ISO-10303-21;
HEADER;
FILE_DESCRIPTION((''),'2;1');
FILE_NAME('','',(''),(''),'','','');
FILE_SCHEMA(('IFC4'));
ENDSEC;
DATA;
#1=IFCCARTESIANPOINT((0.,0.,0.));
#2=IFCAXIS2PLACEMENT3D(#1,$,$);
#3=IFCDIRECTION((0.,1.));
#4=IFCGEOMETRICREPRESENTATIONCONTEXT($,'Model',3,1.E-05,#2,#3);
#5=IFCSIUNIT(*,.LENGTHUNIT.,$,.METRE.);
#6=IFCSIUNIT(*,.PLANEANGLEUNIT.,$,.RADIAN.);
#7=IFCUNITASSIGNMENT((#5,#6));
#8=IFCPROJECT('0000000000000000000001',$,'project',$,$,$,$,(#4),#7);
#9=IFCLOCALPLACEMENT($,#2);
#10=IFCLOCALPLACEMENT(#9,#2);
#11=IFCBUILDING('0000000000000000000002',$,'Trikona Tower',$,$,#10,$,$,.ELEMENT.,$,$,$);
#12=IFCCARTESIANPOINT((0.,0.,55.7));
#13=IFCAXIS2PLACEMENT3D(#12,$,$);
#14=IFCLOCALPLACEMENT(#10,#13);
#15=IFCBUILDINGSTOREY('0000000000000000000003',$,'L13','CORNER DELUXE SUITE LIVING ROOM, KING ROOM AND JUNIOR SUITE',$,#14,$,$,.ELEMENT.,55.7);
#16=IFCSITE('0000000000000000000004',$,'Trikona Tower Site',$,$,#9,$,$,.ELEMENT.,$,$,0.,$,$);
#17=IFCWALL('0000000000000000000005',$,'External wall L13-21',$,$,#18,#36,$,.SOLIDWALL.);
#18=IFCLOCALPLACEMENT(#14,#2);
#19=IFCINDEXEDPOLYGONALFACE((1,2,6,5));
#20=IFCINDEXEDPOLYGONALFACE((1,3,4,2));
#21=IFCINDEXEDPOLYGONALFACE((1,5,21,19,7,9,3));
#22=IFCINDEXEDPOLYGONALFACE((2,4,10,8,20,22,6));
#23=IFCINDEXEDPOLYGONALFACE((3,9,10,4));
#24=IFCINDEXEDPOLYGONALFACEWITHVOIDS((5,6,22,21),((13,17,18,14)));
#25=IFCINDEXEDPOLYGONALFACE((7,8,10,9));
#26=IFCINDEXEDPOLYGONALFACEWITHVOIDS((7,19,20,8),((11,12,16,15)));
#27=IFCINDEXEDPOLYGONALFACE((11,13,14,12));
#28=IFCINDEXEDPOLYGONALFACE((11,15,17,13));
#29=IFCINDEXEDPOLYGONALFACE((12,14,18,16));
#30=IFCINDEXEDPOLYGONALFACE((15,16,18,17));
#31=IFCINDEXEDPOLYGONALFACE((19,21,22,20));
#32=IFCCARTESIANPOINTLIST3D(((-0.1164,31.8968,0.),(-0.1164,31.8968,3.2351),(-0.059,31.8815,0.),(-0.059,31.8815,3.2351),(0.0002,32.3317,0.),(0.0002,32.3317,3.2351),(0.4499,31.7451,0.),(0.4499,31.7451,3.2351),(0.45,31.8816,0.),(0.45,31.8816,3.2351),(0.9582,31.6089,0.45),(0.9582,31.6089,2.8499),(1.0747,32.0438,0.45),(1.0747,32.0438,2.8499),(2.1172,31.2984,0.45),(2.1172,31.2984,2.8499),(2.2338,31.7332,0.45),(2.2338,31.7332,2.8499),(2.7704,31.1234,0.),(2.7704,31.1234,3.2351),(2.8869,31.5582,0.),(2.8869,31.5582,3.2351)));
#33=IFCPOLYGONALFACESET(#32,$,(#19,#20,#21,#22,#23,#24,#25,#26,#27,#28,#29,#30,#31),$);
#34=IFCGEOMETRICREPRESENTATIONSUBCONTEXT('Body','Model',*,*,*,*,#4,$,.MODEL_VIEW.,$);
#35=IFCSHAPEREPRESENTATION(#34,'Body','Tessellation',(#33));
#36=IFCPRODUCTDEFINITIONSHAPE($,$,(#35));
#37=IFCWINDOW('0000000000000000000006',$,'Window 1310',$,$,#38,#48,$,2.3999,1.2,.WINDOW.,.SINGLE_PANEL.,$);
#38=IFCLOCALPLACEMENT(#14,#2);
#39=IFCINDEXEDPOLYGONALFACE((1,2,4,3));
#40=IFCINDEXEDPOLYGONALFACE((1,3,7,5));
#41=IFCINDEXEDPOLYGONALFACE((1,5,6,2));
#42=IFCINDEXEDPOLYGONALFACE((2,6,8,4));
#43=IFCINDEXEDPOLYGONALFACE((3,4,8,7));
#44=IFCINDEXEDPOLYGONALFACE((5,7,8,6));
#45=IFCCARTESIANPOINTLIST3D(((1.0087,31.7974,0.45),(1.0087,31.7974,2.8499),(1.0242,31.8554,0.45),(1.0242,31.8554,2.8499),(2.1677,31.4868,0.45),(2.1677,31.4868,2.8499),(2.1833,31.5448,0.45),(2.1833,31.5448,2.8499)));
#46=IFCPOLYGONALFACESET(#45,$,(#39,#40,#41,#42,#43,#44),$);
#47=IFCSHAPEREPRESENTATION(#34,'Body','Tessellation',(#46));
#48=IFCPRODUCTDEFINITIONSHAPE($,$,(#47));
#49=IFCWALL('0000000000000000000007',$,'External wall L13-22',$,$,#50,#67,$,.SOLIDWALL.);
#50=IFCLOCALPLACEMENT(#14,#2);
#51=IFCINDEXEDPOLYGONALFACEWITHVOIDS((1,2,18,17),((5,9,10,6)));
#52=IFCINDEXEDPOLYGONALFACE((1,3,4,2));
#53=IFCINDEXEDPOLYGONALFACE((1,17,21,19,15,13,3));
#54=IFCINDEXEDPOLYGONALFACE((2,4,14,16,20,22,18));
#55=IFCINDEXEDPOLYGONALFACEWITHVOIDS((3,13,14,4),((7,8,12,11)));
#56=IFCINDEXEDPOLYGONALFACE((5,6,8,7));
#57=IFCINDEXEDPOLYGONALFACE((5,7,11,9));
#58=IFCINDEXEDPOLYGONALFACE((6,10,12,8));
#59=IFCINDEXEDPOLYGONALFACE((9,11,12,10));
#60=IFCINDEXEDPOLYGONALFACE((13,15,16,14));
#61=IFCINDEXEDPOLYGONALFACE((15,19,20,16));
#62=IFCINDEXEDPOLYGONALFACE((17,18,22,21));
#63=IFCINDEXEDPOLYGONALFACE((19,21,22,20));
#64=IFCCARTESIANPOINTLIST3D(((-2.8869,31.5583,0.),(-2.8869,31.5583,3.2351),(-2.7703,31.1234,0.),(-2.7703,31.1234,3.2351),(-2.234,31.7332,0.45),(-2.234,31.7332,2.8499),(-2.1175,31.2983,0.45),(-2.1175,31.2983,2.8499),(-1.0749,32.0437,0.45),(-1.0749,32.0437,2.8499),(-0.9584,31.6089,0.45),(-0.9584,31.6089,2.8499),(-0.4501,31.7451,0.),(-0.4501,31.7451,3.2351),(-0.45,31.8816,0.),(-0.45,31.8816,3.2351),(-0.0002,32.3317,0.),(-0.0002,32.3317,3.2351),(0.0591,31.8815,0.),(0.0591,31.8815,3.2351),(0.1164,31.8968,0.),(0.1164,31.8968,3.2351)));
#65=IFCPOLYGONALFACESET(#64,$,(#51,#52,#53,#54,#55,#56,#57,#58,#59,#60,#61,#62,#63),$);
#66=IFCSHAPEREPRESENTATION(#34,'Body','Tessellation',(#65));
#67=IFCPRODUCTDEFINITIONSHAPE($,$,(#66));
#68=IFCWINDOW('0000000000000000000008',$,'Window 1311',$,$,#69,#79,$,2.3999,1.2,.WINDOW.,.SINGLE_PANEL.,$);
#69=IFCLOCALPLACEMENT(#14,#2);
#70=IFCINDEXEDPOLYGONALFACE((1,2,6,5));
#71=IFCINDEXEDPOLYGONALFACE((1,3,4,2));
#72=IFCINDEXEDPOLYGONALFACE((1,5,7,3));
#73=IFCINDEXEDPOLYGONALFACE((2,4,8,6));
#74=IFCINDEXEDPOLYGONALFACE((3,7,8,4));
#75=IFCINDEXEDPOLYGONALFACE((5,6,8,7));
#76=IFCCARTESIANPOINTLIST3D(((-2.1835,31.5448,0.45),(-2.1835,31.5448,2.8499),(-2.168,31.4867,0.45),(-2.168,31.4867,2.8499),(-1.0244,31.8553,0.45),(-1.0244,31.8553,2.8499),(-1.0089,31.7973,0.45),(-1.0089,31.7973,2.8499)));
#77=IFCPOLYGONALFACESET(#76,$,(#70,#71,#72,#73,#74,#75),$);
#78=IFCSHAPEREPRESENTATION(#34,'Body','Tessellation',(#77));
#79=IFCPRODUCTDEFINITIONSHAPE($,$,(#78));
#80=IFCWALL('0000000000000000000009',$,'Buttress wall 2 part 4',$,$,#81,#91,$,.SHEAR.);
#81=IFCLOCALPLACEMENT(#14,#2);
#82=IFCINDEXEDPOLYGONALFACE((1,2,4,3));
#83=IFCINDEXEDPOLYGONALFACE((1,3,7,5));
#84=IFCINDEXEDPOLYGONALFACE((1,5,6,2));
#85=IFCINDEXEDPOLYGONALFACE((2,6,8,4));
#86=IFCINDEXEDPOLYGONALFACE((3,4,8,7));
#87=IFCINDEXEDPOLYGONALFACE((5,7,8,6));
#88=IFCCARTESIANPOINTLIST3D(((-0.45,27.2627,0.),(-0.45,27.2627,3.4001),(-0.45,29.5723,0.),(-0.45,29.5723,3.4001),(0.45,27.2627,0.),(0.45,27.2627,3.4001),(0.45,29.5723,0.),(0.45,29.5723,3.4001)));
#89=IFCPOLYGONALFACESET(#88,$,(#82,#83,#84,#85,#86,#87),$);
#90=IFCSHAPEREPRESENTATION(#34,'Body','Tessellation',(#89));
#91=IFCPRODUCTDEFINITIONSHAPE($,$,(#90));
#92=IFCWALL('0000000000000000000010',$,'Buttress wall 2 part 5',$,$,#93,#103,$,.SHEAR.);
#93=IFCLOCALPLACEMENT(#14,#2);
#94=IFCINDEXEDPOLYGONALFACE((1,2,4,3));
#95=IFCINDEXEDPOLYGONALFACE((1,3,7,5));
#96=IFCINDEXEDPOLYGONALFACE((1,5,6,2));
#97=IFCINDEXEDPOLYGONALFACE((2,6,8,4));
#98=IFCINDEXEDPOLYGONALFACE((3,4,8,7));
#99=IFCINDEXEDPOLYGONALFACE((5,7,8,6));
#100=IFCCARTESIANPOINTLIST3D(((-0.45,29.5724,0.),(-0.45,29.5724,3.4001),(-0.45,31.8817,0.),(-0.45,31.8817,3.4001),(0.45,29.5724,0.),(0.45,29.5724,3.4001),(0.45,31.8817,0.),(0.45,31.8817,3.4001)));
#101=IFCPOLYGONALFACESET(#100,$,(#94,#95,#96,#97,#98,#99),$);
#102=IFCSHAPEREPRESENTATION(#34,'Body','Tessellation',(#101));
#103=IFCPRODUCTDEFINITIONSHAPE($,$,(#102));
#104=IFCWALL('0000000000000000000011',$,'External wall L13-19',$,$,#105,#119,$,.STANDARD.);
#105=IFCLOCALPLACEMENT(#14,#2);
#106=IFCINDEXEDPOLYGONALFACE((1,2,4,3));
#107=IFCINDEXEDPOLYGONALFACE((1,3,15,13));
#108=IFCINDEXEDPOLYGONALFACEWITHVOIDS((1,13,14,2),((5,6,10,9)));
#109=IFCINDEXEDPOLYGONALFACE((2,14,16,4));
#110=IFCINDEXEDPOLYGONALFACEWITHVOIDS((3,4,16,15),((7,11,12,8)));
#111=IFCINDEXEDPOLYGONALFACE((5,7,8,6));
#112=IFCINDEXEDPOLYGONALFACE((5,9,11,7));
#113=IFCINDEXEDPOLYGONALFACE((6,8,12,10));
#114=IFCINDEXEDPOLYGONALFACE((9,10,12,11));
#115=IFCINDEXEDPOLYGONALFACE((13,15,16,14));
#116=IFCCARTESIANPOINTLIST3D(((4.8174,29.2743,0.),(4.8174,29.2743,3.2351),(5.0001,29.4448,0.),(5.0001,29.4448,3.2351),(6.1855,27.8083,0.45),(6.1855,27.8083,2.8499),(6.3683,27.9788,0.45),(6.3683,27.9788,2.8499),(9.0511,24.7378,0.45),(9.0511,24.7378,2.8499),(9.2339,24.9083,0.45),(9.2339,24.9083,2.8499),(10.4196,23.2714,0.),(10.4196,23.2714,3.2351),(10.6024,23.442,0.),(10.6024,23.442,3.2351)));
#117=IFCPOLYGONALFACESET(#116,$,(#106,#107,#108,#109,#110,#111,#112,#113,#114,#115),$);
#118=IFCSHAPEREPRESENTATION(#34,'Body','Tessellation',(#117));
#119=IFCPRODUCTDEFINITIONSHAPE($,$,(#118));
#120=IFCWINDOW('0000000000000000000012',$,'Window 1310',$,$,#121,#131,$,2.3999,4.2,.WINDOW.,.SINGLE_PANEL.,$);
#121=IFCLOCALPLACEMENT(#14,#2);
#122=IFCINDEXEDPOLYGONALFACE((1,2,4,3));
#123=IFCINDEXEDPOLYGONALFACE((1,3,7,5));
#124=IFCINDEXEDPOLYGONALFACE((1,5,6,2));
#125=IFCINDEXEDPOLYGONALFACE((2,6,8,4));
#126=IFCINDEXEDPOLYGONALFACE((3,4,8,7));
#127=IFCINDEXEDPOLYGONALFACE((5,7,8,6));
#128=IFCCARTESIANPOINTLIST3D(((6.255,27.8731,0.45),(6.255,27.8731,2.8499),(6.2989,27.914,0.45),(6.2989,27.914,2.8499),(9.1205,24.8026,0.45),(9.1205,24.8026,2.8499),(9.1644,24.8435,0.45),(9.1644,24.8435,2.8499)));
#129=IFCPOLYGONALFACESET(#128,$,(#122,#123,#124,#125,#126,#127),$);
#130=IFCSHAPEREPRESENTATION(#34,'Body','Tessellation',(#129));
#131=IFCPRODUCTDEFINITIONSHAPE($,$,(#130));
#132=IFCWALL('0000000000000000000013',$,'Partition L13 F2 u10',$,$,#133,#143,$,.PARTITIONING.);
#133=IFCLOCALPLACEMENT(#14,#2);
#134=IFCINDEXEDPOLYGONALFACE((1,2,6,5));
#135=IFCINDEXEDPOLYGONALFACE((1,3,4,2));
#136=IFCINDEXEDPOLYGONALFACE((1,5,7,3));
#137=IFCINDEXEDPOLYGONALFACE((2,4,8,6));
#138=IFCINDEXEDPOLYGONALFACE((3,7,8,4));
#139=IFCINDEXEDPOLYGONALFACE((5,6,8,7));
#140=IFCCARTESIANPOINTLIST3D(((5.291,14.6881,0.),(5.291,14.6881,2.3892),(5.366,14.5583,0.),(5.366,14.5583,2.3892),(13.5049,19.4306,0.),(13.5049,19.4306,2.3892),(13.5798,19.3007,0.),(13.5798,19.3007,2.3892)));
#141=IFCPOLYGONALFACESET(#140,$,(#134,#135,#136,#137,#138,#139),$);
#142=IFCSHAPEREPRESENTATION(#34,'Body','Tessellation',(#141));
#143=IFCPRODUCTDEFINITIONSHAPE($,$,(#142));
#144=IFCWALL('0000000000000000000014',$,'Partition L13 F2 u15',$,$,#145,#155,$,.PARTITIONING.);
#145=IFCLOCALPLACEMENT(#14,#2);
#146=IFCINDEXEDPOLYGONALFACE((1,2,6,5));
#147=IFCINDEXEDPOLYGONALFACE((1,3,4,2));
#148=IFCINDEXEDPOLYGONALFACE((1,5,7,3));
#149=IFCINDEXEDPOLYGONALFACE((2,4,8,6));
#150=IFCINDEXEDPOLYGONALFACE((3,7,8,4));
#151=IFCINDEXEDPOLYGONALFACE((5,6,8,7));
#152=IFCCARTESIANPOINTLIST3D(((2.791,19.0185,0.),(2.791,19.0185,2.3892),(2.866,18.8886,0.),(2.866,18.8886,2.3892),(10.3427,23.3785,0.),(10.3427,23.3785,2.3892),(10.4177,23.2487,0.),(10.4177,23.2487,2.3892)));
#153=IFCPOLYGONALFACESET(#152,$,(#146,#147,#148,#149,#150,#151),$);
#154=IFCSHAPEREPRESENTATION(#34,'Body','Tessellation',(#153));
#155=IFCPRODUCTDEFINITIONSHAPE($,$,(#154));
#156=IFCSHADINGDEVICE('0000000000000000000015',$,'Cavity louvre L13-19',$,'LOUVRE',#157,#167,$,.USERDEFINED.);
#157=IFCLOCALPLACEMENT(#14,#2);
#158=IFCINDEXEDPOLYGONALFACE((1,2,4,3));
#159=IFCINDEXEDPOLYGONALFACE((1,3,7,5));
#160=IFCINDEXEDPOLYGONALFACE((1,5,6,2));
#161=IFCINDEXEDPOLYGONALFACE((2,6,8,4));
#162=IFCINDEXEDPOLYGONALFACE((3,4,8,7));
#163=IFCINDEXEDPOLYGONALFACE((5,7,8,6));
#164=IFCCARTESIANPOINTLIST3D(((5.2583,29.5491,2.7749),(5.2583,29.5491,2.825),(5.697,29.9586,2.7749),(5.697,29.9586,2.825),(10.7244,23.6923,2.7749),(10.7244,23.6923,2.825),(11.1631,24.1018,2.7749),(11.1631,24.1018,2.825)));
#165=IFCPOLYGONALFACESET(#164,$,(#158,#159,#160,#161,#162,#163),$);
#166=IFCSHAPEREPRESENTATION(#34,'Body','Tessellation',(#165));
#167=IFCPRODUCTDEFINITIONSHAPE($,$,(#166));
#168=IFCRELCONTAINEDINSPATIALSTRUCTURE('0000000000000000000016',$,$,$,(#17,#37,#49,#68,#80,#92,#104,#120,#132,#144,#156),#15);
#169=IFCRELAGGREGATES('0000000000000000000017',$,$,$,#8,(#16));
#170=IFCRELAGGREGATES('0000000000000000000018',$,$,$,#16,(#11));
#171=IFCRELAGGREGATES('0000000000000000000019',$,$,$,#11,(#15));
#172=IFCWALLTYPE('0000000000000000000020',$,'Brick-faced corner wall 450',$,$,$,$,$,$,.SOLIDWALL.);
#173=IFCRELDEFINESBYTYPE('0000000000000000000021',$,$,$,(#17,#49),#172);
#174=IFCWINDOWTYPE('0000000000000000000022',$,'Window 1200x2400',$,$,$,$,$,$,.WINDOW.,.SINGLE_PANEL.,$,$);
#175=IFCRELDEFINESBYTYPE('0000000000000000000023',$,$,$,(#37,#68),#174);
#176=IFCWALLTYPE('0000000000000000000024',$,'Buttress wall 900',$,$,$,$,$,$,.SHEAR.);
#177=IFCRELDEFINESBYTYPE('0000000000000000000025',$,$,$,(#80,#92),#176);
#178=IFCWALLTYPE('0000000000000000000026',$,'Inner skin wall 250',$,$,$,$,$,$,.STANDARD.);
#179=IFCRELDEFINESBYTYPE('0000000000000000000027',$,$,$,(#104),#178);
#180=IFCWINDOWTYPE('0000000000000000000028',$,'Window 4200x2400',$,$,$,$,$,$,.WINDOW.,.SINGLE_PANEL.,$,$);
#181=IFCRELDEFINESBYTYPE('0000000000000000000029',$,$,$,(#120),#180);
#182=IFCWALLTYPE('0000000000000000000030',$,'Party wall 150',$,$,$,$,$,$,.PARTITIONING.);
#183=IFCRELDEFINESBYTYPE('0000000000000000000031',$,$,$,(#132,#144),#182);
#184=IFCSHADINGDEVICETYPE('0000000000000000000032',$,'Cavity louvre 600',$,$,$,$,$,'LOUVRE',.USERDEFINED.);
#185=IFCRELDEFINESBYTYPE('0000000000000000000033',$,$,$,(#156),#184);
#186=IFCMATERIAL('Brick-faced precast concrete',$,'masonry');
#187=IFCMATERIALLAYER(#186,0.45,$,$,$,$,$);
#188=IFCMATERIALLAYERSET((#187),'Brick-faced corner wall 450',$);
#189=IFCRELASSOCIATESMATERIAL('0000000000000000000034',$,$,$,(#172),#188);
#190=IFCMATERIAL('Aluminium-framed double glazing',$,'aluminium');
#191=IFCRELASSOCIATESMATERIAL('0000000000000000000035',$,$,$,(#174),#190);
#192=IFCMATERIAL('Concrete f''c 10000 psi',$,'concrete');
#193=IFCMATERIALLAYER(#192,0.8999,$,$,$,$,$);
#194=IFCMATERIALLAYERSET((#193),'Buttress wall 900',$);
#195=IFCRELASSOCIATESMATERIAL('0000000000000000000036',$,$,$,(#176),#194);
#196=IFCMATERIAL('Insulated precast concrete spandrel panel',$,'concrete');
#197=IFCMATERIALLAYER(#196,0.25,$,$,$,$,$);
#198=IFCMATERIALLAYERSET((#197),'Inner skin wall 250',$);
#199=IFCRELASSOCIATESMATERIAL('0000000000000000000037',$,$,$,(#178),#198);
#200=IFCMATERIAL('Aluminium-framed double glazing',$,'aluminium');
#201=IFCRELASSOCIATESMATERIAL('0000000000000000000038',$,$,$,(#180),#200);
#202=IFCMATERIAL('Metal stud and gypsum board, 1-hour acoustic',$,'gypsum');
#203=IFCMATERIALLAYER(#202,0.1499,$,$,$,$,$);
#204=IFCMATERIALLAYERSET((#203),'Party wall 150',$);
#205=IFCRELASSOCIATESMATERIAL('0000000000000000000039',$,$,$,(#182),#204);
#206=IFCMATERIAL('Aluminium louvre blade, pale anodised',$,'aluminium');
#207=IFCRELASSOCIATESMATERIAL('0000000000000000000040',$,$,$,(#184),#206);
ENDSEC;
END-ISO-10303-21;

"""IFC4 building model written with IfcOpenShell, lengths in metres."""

from ifc_helpers import new_model, si_unit, direction, frame, frame_2d, origin, origin_2d, place, context, subcontext, project, spatial, polyline, rectangle, outline, extrude, material, layer, layer_set, type_object, element, fill, save


model = new_model("IFC4")

# Units and contexts
model_context = context("Model", 3, precision=1e-05, world=origin(), true_north=direction((0.0, 1.0)))
body_context = subcontext(model_context, "Body", "Model", "MODEL_VIEW")
ifc_project = project(units=[si_unit("LENGTHUNIT", "METRE"), si_unit("PLANEANGLEUNIT", "RADIAN")], contexts=[model_context])

# Site, building, storey
site_placement = place(None, origin())
site = spatial("IfcSite", under=ifc_project, at=site_placement, Name="Trikona Tower Site", CompositionType="ELEMENT", RefElevation=0.0)
building_placement = place(site_placement, origin())
building = spatial("IfcBuilding", under=site, at=building_placement, Name="Trikona Tower", CompositionType="ELEMENT")
storey_placement = place(building_placement, frame((0.0, 0.0, 55.7)))
storey = spatial("IfcBuildingStorey", under=building, at=storey_placement, Name="L13", Description="CORNER DELUXE SUITE LIVING ROOM, KING ROOM AND JUNIOR SUITE", CompositionType="ELEMENT", Elevation=55.7)

# Walls, openings, windows
ifc_material_1 = material(Name="Brick-faced precast concrete", Category="masonry")
ifc_layer_1 = layer(ifc_material_1, 0.45)
ifc_layer_set_1 = layer_set([ifc_layer_1], Name="Brick-faced corner wall 450")
wall_type_1 = type_object("IfcWallType", Name="Brick-faced corner wall 450", PredefinedType="SOLIDWALL", material=ifc_layer_set_1)
wall_1_placement = place(storey_placement, frame((2.8286, 31.3408, 0.0), z_axis=(0.0, 0.0, 1.0), x_axis=(-0.965931, 0.258801, 0.0)))
wall_1 = element("IfcWall", 1, at=wall_1_placement, inside=storey, type_object=wall_type_1, Name="External wall L13-21", PredefinedType="SOLIDWALL", context=body_context, shape_type="SweptSolid", body=[
    extrude(outline(polyline([(2.9885, 0.2251), (2.9292, 0.2251), (2.4375, 0.0933), (2.4023, 0.2251), (0.0, 0.2251), (0.0, -0.2251), (2.9885, -0.2251), (2.9885, 0.2251)])), origin(), (0.0, 0.0, 1.0), 3.2351),
])
opening_1_placement = place(wall_1_placement, frame((0.676, 0.0, 0.45)))
opening_1 = element("IfcOpeningElement", 2, at=opening_1_placement, cuts=wall_1, PredefinedType="OPENING", context=body_context, shape_type="SweptSolid", body=[
    extrude(rectangle(XDim=1.2, YDim=2.3999, at=frame_2d((0.6001, 1.2))), frame((0.0, 0.2349, 0.0), z_axis=(0.0, -1.0, 0.0), x_axis=(1.0, 0.0, 0.0)), (0.0, 0.0, 1.0), 0.47),
])
ifc_material_2 = material(Name="Aluminium-framed double glazing", Category="aluminium")
window_type_1 = type_object("IfcWindowType", Name="Window 1200x2400", PartitioningType="SINGLE_PANEL", PredefinedType="WINDOW", material=ifc_material_2)
window_1_placement = place(opening_1_placement, origin())
window_1 = element("IfcWindow", 3, at=window_1_placement, inside=storey, type_object=window_type_1, Name="Window 1310", OverallHeight=2.3999, OverallWidth=1.2, PartitioningType="SINGLE_PANEL", PredefinedType="WINDOW", context=body_context, shape_type="SweptSolid", body=[
    extrude(rectangle(XDim=1.2, YDim=2.3999, at=frame_2d((0.6001, 1.2))), frame((0.0, 0.03, 0.0), z_axis=(0.0, -1.0, 0.0), x_axis=(1.0, 0.0, 0.0)), (0.0, 0.0, 1.0), 0.0601),
])
fill(opening_1, window_1)
wall_2_placement = place(storey_placement, frame((0.0581, 32.1143, 0.0), z_axis=(0.0, 0.0, 1.0), x_axis=(-0.965931, -0.258801, 0.0)))
wall_2 = element("IfcWall", 4, at=wall_2_placement, inside=storey, type_object=wall_type_1, Name="External wall L13-22", PredefinedType="SOLIDWALL", context=body_context, shape_type="SweptSolid", body=[
    extrude(outline(polyline([(2.9885, 0.2251), (0.5864, 0.2251), (0.551, 0.0933), (0.0593, 0.2251), (0.0, 0.2251), (0.0, -0.2251), (2.9885, -0.2251), (2.9885, 0.2251)])), origin(), (0.0, 0.0, 1.0), 3.2351),
])
opening_2_placement = place(wall_2_placement, frame((1.1125, 0.0, 0.45)))
opening_2 = element("IfcOpeningElement", 5, at=opening_2_placement, cuts=wall_2, PredefinedType="OPENING", context=body_context, shape_type="SweptSolid", body=[
    extrude(rectangle(XDim=1.2, YDim=2.3999, at=frame_2d((0.6001, 1.2))), frame((0.0, 0.2349, 0.0), z_axis=(0.0, -1.0, 0.0), x_axis=(1.0, 0.0, 0.0)), (0.0, 0.0, 1.0), 0.47),
])
window_2_placement = place(opening_2_placement, origin())
window_2 = element("IfcWindow", 6, at=window_2_placement, inside=storey, type_object=window_type_1, Name="Window 1311", OverallHeight=2.3999, OverallWidth=1.2, PartitioningType="SINGLE_PANEL", PredefinedType="WINDOW", context=body_context, shape_type="SweptSolid", body=[
    extrude(rectangle(XDim=1.2, YDim=2.3999, at=frame_2d((0.6001, 1.2))), frame((0.0, 0.03, 0.0), z_axis=(0.0, -1.0, 0.0), x_axis=(1.0, 0.0, 0.0)), (0.0, 0.0, 1.0), 0.0601),
])
fill(opening_2, window_2)

# Walls
ifc_material_3 = material(Name="Concrete f'c 10000 psi", Category="concrete")
ifc_layer_2 = layer(ifc_material_3, 0.8999)
ifc_layer_set_2 = layer_set([ifc_layer_2], Name="Buttress wall 900")
wall_type_2 = type_object("IfcWallType", Name="Buttress wall 900", PredefinedType="SHEAR", material=ifc_layer_set_2)
wall_3_placement = place(storey_placement, frame((0.0, 27.2627, 0.0), z_axis=(0.0, 0.0, 1.0), x_axis=(0.0, 1.0, 0.0)))
element("IfcWall", 7, at=wall_3_placement, inside=storey, type_object=wall_type_2, Name="Buttress wall 2 part 4", PredefinedType="SHEAR", context=body_context, shape_type="SweptSolid", body=[
    extrude(rectangle(XDim=2.3096, YDim=0.8999, at=frame_2d((1.1548, 0.0))), origin(), (0.0, 0.0, 1.0), 3.4001),
])
wall_4_placement = place(storey_placement, frame((0.0, 29.5723, 0.0), z_axis=(0.0, 0.0, 1.0), x_axis=(0.0, 1.0, 0.0)))
element("IfcWall", 8, at=wall_4_placement, inside=storey, type_object=wall_type_2, Name="Buttress wall 2 part 5", PredefinedType="SHEAR", context=body_context, shape_type="SweptSolid", body=[
    extrude(rectangle(XDim=2.3093, YDim=0.8999, at=frame_2d((1.1548, 0.0))), origin(), (0.0, 0.0, 1.0), 3.4001),
])

# Wall, opening, window
ifc_material_4 = material(Name="Insulated precast concrete spandrel panel", Category="concrete")
ifc_layer_3 = layer(ifc_material_4, 0.25)
ifc_layer_set_3 = layer_set([ifc_layer_3], Name="Inner skin wall 250")
wall_type_3 = type_object("IfcWallType", Name="Inner skin wall 250", PredefinedType="STANDARD", material=ifc_layer_set_3)
wall_5_placement = place(storey_placement, frame((10.511, 23.3567, 0.0), z_axis=(0.0, 0.0, 1.0), x_axis=(-0.68229, 0.731082, 0.0)))
wall_5 = element("IfcWall", 9, at=wall_5_placement, inside=storey, type_object=wall_type_3, Name="External wall L13-19", PredefinedType="STANDARD", context=body_context, shape_type="SweptSolid", body=[
    extrude(rectangle(XDim=8.2109, YDim=0.25, at=frame_2d((4.1055, 0.0))), origin(), (0.0, 0.0, 1.0), 3.2351),
])
opening_3_placement = place(wall_5_placement, frame((2.0056, 0.0, 0.45)))
opening_3 = element("IfcOpeningElement", 10, at=opening_3_placement, cuts=wall_5, PredefinedType="OPENING", context=body_context, shape_type="SweptSolid", body=[
    extrude(rectangle(XDim=4.2, YDim=2.3999, at=frame_2d((2.1001, 1.2))), frame((0.0, 0.135, 0.0), z_axis=(0.0, -1.0, 0.0), x_axis=(1.0, 0.0, 0.0)), (0.0, 0.0, 1.0), 0.27),
])
ifc_material_5 = material(Name="Aluminium-framed double glazing", Category="aluminium")
window_type_2 = type_object("IfcWindowType", Name="Window 4200x2400", PartitioningType="SINGLE_PANEL", PredefinedType="WINDOW", material=ifc_material_5)
window_3_placement = place(opening_3_placement, origin())
window_3 = element("IfcWindow", 11, at=window_3_placement, inside=storey, type_object=window_type_2, Name="Window 1310", OverallHeight=2.3999, OverallWidth=4.2, PartitioningType="SINGLE_PANEL", PredefinedType="WINDOW", context=body_context, shape_type="SweptSolid", body=[
    extrude(rectangle(XDim=4.2, YDim=2.3999, at=frame_2d((2.1001, 1.2))), frame((0.0, 0.03, 0.0), z_axis=(0.0, -1.0, 0.0), x_axis=(1.0, 0.0, 0.0)), (0.0, 0.0, 1.0), 0.0601),
])
fill(opening_3, window_3)

# Walls
ifc_material_6 = material(Name="Metal stud and gypsum board, 1-hour acoustic", Category="gypsum")
ifc_layer_4 = layer(ifc_material_6, 0.1499)
ifc_layer_set_4 = layer_set([ifc_layer_4], Name="Party wall 150")
wall_type_4 = type_object("IfcWallType", Name="Party wall 150", PredefinedType="PARTITIONING", material=ifc_layer_set_4)
wall_6_placement = place(storey_placement, frame((5.3286, 14.6233, 0.0), z_axis=(0.0, 0.0, 1.0), x_axis=(0.866018, 0.500012, 0.0)))
element("IfcWall", 12, at=wall_6_placement, inside=storey, type_object=wall_type_4, Name="Partition L13 F2 u10", PredefinedType="PARTITIONING", context=body_context, shape_type="SweptSolid", body=[
    extrude(rectangle(XDim=9.4846, YDim=0.1499, at=frame_2d((4.7422, 0.0))), origin(), (0.0, 0.0, 1.0), 2.3892),
])
wall_7_placement = place(storey_placement, frame((2.8286, 18.9536, 0.0), z_axis=(0.0, 0.0, 1.0), x_axis=(0.866021, 0.500008, 0.0)))
element("IfcWall", 13, at=wall_7_placement, inside=storey, type_object=wall_type_4, Name="Partition L13 F2 u15", PredefinedType="PARTITIONING", context=body_context, shape_type="SweptSolid", body=[
    extrude(rectangle(XDim=8.72, YDim=0.1499, at=frame_2d((4.3599, 0.0))), origin(), (0.0, 0.0, 1.0), 2.3892),
])

# Shading device
ifc_material_7 = material(Name="Aluminium louvre blade, pale anodised", Category="aluminium")
shading_device_type = type_object("IfcShadingDeviceType", Name="Cavity louvre 600", ElementType="LOUVRE", PredefinedType="USERDEFINED", material=ifc_material_7)
shading_device_placement = place(storey_placement, frame((8.2107, 26.8254, 2.7749), z_axis=(0.0, 0.0, 1.0), x_axis=(-0.682298, 0.731074, 0.0)))
element("IfcShadingDevice", 14, at=shading_device_placement, inside=storey, type_object=shading_device_type, Name="Cavity louvre L13-19", ObjectType="LOUVRE", PredefinedType="USERDEFINED", context=body_context, shape_type="SweptSolid", body=[
    extrude(rectangle(XDim=8.0112, YDim=0.6001, at=origin_2d()), origin(), (0.0, 0.0, 1.0), 0.05),
])

save(model, "model.ifc")
